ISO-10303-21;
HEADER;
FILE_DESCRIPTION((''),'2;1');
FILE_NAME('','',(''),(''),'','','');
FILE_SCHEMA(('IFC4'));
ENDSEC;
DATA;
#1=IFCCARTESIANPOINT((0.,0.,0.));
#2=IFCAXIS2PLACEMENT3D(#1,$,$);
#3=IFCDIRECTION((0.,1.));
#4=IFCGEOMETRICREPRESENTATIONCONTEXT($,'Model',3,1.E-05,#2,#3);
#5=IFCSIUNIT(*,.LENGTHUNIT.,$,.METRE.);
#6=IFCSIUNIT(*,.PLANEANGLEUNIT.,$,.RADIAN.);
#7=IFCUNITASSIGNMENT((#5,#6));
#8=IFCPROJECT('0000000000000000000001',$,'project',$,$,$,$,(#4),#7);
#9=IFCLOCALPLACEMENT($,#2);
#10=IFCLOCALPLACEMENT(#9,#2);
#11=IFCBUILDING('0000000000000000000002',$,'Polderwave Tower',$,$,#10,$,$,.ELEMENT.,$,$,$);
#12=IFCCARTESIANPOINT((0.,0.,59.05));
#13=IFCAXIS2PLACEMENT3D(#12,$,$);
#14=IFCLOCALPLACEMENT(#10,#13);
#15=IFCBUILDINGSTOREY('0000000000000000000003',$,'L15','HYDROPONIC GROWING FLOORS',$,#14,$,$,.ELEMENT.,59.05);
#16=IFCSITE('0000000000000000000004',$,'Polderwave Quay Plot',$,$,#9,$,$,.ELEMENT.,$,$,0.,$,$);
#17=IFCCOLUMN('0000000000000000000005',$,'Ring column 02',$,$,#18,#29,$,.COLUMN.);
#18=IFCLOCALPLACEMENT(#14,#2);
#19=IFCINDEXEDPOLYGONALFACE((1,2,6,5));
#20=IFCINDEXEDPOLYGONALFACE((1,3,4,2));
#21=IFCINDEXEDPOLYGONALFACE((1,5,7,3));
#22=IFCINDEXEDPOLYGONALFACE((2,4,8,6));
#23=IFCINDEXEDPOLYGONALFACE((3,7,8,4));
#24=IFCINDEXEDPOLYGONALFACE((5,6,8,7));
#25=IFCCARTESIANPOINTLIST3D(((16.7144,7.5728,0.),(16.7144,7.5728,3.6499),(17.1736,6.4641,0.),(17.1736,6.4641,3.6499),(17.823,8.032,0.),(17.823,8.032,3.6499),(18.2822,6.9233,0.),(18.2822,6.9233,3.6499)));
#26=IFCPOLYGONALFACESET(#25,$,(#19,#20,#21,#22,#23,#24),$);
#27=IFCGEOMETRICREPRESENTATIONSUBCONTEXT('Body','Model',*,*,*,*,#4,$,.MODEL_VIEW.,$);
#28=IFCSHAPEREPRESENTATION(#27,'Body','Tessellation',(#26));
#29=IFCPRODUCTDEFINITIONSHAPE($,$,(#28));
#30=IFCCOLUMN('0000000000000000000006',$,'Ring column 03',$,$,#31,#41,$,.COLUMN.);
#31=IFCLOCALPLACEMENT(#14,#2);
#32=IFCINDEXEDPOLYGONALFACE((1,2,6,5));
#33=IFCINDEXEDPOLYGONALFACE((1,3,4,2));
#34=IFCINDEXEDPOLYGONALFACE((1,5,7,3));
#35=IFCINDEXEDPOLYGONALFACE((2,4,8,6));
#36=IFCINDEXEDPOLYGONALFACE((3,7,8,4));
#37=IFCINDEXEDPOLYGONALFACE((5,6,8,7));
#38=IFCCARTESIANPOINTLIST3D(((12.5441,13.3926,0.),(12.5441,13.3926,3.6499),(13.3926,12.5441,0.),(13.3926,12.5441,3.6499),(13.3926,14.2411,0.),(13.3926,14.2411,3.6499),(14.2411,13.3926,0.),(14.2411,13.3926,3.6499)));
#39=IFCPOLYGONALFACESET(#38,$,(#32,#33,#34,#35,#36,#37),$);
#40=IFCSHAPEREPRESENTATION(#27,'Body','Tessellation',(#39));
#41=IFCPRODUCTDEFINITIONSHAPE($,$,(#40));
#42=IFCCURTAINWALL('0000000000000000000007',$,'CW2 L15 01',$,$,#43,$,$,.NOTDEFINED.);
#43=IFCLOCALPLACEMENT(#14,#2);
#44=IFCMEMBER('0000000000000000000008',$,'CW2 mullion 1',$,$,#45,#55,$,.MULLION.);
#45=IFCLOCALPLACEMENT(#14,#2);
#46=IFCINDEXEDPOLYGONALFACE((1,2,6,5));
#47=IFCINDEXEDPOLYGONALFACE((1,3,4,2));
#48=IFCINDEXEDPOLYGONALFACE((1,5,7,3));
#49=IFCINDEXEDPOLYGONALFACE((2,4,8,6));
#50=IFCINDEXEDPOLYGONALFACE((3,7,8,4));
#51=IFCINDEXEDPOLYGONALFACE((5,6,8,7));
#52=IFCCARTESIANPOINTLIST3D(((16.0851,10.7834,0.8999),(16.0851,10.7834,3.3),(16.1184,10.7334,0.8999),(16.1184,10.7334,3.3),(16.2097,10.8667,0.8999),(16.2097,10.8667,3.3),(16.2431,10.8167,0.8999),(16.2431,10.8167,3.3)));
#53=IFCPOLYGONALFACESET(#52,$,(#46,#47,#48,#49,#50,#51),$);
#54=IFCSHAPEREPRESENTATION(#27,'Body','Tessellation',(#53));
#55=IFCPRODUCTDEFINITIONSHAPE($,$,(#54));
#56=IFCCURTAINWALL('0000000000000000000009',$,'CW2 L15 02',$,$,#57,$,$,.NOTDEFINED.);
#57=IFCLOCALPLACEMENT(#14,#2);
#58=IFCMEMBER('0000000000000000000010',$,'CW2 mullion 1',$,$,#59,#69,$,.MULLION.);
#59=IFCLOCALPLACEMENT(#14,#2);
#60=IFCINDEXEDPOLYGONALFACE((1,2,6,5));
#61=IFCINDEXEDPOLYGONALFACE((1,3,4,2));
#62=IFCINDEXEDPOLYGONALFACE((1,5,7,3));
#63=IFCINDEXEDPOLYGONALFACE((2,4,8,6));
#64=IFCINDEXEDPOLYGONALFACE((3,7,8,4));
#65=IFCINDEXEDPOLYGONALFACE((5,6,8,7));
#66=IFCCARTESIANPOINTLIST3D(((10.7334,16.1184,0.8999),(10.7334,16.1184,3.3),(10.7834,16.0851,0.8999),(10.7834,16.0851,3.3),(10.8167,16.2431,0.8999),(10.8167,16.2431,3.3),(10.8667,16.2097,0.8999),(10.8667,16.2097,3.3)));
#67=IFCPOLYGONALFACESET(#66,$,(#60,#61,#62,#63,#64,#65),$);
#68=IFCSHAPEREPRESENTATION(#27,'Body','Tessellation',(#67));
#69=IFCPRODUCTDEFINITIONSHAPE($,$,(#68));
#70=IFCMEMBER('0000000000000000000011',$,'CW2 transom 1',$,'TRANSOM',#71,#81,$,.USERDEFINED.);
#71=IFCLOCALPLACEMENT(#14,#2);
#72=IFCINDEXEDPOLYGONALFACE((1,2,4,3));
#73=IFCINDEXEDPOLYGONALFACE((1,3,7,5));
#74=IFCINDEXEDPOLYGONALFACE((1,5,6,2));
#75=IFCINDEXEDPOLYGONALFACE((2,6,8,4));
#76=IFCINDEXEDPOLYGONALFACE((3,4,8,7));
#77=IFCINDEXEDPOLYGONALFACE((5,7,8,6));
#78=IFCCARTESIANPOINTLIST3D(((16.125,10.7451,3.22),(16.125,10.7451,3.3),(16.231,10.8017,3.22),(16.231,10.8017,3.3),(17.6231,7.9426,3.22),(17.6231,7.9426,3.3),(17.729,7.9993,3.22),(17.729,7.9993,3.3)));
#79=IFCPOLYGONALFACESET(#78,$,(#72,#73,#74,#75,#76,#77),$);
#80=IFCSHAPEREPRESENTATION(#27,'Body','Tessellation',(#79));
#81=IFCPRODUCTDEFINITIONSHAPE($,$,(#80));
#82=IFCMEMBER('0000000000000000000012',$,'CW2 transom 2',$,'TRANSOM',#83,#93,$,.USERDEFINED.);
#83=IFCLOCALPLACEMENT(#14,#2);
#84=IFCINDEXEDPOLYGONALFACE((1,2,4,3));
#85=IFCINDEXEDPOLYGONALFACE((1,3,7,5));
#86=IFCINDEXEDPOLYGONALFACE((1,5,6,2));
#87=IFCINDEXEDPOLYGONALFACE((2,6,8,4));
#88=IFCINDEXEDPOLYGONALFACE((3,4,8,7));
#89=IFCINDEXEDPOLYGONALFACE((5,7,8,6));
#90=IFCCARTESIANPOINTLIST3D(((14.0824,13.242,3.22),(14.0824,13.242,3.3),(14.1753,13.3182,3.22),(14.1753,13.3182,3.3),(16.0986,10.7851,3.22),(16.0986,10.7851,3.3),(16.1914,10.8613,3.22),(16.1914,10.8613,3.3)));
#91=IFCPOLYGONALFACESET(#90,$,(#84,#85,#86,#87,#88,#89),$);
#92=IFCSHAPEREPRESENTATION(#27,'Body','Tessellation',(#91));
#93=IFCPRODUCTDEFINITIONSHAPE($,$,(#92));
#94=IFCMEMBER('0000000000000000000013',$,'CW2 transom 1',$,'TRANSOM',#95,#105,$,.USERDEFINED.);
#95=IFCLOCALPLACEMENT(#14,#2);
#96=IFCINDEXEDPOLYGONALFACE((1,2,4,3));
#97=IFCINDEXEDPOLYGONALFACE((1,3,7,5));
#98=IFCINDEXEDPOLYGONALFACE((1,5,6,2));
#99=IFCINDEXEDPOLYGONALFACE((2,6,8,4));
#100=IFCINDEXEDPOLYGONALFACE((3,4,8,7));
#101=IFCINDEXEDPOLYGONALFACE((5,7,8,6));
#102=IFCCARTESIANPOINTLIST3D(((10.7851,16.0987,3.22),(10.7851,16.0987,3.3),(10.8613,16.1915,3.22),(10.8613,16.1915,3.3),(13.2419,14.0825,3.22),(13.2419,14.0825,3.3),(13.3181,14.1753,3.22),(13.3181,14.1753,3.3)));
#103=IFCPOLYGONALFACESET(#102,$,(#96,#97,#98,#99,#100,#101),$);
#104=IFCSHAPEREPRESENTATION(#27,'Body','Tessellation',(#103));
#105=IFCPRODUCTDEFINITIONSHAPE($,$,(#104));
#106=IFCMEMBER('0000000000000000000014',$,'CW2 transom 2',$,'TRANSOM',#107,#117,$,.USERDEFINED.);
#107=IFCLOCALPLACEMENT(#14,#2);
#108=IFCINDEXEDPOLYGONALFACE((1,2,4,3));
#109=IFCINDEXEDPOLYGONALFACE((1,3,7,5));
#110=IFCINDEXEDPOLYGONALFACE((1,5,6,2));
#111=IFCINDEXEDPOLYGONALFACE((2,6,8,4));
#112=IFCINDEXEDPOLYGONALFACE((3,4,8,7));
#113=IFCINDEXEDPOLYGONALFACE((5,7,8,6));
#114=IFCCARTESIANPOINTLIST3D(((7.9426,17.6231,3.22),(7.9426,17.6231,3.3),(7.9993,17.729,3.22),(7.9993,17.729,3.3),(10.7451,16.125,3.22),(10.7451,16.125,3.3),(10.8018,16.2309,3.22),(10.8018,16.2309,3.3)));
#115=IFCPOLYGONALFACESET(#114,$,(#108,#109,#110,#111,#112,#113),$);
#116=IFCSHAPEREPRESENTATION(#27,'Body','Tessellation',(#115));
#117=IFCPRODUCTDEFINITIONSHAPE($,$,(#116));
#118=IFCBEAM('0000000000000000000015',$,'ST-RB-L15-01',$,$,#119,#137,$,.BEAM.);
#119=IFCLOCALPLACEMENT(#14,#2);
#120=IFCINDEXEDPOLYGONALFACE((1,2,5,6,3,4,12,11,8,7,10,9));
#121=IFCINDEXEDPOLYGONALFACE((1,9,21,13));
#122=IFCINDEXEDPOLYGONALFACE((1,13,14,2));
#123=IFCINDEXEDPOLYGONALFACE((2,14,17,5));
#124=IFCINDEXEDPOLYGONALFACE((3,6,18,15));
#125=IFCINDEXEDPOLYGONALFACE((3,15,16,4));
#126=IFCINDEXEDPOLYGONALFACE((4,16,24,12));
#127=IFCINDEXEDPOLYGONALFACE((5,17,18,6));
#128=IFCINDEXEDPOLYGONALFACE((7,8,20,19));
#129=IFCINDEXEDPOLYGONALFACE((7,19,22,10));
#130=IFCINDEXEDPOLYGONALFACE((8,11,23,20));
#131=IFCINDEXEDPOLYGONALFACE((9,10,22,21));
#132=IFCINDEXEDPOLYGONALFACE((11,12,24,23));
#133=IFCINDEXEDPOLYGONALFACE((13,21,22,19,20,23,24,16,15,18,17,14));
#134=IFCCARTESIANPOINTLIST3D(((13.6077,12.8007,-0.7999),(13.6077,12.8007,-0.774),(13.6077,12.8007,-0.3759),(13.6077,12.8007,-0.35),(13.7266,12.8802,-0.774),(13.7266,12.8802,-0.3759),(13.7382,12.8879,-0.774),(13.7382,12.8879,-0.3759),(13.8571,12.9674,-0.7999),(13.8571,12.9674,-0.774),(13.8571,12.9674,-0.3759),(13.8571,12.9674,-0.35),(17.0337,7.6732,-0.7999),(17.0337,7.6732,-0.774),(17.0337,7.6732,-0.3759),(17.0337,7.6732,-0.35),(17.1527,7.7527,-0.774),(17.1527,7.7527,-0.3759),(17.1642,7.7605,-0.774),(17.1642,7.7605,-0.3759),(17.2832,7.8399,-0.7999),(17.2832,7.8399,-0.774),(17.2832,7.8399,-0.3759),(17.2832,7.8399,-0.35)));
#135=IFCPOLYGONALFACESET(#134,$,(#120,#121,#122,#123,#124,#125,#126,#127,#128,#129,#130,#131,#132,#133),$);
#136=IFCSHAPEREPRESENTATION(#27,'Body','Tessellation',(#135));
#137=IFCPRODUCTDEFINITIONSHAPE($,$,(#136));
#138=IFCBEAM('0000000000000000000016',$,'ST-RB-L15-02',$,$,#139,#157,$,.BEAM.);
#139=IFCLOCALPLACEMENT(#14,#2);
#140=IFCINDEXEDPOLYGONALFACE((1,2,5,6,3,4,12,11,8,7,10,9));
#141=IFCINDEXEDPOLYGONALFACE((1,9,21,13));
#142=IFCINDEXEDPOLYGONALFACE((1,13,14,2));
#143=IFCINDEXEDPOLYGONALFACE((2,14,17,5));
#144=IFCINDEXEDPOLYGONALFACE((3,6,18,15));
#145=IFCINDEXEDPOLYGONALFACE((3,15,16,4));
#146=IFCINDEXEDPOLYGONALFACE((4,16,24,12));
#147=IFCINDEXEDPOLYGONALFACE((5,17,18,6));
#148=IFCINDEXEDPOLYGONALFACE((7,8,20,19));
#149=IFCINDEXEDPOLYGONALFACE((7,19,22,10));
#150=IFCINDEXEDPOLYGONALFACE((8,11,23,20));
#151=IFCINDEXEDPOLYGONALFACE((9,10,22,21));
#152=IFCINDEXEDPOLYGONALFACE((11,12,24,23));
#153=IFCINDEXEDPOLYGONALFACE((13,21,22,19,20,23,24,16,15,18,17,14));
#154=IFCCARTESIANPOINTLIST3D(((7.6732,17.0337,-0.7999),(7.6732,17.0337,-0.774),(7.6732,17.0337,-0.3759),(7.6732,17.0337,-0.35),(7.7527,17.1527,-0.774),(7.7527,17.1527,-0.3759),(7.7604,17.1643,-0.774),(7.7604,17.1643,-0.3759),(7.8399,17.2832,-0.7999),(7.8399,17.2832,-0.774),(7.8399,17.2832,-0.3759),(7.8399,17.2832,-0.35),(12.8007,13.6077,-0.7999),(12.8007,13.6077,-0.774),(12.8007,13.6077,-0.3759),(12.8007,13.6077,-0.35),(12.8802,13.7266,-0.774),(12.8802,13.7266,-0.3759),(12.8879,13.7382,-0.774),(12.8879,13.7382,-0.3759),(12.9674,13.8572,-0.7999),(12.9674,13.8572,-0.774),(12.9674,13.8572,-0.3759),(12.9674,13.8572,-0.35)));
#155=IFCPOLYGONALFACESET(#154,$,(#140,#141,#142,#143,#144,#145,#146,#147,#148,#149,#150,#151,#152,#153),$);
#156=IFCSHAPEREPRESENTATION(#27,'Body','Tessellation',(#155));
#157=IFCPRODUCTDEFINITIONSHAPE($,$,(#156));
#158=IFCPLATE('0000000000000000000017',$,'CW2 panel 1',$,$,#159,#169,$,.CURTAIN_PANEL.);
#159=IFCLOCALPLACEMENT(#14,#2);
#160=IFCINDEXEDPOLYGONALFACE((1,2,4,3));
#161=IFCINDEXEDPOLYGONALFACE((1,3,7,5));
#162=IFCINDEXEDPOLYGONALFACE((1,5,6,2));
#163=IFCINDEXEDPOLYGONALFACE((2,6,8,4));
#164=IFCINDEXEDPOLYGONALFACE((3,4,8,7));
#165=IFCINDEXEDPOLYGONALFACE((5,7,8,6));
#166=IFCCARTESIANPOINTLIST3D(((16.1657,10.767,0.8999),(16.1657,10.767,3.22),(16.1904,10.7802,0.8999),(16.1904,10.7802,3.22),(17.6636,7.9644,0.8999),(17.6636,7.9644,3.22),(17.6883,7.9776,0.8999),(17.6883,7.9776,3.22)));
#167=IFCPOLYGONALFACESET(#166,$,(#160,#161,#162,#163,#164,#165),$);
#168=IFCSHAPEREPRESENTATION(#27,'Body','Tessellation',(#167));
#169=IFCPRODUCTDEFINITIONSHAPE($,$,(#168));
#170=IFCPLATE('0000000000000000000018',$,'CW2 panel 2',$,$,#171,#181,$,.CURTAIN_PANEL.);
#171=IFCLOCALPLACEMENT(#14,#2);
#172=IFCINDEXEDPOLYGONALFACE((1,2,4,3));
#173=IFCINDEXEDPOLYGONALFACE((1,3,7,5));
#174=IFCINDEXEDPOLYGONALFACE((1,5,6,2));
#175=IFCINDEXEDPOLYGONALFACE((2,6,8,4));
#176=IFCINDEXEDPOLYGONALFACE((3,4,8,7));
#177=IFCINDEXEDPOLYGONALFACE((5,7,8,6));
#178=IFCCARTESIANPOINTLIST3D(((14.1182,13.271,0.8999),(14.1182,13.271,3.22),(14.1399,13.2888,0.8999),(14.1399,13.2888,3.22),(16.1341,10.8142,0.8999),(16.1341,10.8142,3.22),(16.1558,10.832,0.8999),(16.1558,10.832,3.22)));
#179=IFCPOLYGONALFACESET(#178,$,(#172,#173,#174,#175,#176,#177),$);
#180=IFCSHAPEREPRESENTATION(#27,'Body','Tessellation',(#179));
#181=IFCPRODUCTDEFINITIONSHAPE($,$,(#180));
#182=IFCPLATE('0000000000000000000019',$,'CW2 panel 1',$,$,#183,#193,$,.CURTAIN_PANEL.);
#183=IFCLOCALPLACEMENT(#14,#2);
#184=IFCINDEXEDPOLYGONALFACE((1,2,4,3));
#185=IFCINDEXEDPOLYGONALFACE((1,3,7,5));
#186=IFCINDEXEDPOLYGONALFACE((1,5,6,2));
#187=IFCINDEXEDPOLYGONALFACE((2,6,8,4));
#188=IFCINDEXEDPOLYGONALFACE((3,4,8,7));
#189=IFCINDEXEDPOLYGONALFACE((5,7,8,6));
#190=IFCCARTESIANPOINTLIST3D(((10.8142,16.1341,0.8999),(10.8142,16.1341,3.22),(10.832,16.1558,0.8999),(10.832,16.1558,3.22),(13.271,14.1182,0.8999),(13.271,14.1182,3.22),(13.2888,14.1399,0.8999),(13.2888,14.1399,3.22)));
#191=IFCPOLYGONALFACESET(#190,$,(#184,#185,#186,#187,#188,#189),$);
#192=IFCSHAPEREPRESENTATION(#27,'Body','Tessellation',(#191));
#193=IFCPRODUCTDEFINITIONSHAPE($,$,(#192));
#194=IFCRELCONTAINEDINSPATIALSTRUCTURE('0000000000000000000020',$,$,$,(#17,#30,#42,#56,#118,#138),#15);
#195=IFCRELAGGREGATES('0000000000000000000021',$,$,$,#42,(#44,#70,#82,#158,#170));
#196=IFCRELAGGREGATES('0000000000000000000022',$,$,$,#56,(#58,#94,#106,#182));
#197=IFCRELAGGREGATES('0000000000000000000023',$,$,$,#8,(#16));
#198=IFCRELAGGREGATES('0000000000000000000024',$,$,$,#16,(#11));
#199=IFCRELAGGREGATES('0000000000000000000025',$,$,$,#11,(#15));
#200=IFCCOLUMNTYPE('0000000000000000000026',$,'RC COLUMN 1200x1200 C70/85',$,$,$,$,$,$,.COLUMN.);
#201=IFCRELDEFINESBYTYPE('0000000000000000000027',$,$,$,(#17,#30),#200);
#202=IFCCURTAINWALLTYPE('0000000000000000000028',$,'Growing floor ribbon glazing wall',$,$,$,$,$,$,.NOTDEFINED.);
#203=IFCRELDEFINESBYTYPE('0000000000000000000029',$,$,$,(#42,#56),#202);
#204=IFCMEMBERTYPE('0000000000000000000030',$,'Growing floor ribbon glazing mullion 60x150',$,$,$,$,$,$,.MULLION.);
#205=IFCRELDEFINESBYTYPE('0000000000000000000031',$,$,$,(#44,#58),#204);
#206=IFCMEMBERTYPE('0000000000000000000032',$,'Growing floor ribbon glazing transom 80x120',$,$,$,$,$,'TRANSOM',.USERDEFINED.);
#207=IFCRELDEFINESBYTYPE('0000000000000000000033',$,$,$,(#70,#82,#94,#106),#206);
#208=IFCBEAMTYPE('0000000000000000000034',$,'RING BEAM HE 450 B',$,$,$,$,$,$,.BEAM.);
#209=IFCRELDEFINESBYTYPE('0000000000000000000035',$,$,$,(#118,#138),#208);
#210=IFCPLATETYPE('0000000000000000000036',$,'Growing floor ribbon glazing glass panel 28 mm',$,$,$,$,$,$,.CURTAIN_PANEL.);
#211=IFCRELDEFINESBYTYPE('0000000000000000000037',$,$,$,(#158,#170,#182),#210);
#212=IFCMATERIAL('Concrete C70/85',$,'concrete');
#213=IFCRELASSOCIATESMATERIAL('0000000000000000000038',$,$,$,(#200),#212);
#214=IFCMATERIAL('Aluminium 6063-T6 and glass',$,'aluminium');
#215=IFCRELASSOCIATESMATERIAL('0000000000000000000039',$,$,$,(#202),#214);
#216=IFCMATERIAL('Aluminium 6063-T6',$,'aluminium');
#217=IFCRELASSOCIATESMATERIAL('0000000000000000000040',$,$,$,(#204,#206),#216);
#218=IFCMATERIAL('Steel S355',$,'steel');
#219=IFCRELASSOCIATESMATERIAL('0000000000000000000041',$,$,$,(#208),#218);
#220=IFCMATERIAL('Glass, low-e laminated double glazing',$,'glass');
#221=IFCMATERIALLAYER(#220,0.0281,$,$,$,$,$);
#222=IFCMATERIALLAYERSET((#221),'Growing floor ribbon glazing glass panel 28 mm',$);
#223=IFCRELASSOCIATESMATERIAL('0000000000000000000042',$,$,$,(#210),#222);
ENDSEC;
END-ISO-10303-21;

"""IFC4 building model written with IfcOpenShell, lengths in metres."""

from ifc_helpers import new_model, si_unit, direction, frame, origin, origin_2d, place, context, subcontext, project, spatial, rectangle, i_section, extrude, material, layer, layer_set, material_profile, profile_set, type_object, element, aggregate, save


model = new_model("IFC4")

# Units and contexts
model_context = context("Model", 3, precision=1e-05, world=origin(), true_north=direction((0.0, 1.0)))
body_context = subcontext(model_context, "Body", "Model", "MODEL_VIEW")
ifc_project = project(units=[si_unit("LENGTHUNIT", "METRE"), si_unit("PLANEANGLEUNIT", "RADIAN")], contexts=[model_context])

# Site, building, storey
site_placement = place(None, origin())
site = spatial("IfcSite", under=ifc_project, at=site_placement, Name="Polderwave Quay Plot", CompositionType="ELEMENT", RefElevation=0.0)
building_placement = place(site_placement, origin())
building = spatial("IfcBuilding", under=site, at=building_placement, Name="Polderwave Tower", CompositionType="ELEMENT")
storey_placement = place(building_placement, frame((0.0, 0.0, 59.05)))
storey = spatial("IfcBuildingStorey", under=building, at=storey_placement, Name="L15", Description="HYDROPONIC GROWING FLOORS", CompositionType="ELEMENT", Elevation=59.05)

# Columns
ifc_material_1 = material(Name="Concrete C70/85", Category="concrete")
ifc_material_profile_1 = material_profile(ifc_material_1, rectangle(XDim=1.2, YDim=1.2, at=origin_2d()), Name="RC 1200x1200")
ifc_profile_set_1 = profile_set([ifc_material_profile_1], Name="Concrete C70/85")
column_type = type_object("IfcColumnType", Name="RC COLUMN 1200x1200 C70/85", PredefinedType="COLUMN", material=ifc_profile_set_1)
for number, where, z_axis, x_axis, name in (
    (1, (17.4983, 7.248, 0.0), (0.0, 0.0, 1.0), (0.92388, 0.382683, 0.0), "Ring column 02"),
    (2, (13.3926, 13.3926, 0.0), (0.0, 0.0, 1.0), (0.707107, 0.707107, 0.0), "Ring column 03"),
):
    element("IfcColumn", number, at=place(storey_placement, frame(where, z_axis=z_axis, x_axis=x_axis)), inside=storey, type_object=column_type, Name=name, PredefinedType="COLUMN", context=body_context, shape_type="SweptSolid", body=[
        extrude(rectangle(XDim=1.2, YDim=1.2, at=origin_2d()), origin(), (0.0, 0.0, 1.0), 3.6499),
    ])

# Curtain walls, members
ifc_material_2 = material(Name="Aluminium 6063-T6 and glass", Category="aluminium")
curtain_wall_type = type_object("IfcCurtainWallType", Name="Growing floor ribbon glazing wall", PredefinedType="NOTDEFINED", material=ifc_material_2)
curtain_wall_1_placement = place(storey_placement, origin())
curtain_wall_1 = element("IfcCurtainWall", 3, at=curtain_wall_1_placement, inside=storey, type_object=curtain_wall_type, Name="CW2 L15 01", PredefinedType="NOTDEFINED")
ifc_material_3 = material(Name="Aluminium 6063-T6", Category="aluminium")
ifc_material_profile_2 = material_profile(ifc_material_3, rectangle(XDim=0.1499, YDim=0.0601, at=origin_2d()), Name="AL 60x150")
ifc_profile_set_2 = profile_set([ifc_material_profile_2], Name="Aluminium 6063-T6")
member_type_1 = type_object("IfcMemberType", Name="Growing floor ribbon glazing mullion 60x150", PredefinedType="MULLION", material=ifc_profile_set_2)
member_1_placement = place(storey_placement, frame((16.1641, 10.8, 0.8999), z_axis=(0.0, 0.0, 1.0), x_axis=(-0.831499, -0.555527, 0.0)))
member_1 = element("IfcMember", 4, at=member_1_placement, type_object=member_type_1, Name="CW2 mullion 1", PredefinedType="MULLION", context=body_context, shape_type="SweptSolid", body=[
    extrude(rectangle(XDim=0.1499, YDim=0.0601, at=origin_2d()), origin(), (0.0, 0.0, 1.0), 2.4001),
])
curtain_wall_2_placement = place(storey_placement, origin())
curtain_wall_2 = element("IfcCurtainWall", 5, at=curtain_wall_2_placement, inside=storey, type_object=curtain_wall_type, Name="CW2 L15 02", PredefinedType="NOTDEFINED")
member_2_placement = place(storey_placement, frame((10.8, 16.1641, 0.8999), z_axis=(0.0, 0.0, 1.0), x_axis=(-0.555527, -0.831499, 0.0)))
member_2 = element("IfcMember", 6, at=member_2_placement, type_object=member_type_1, Name="CW2 mullion 1", PredefinedType="MULLION", context=body_context, shape_type="SweptSolid", body=[
    extrude(rectangle(XDim=0.1499, YDim=0.0601, at=origin_2d()), origin(), (0.0, 0.0, 1.0), 2.4001),
])

# Members
ifc_material_profile_3 = material_profile(ifc_material_3, rectangle(XDim=0.1201, YDim=0.0801, at=origin_2d()), Name="AL 80x120")
ifc_profile_set_3 = profile_set([ifc_material_profile_3], Name="Aluminium 6063-T6")
member_type_2 = type_object("IfcMemberType", Name="Growing floor ribbon glazing transom 80x120", ElementType="TRANSOM", PredefinedType="USERDEFINED", material=ifc_profile_set_3)
member_3_placement = place(storey_placement, frame((17.676, 7.9709, 3.26), z_axis=(-0.471417, 0.88191, 0.0), x_axis=(-0.88191, -0.471417, 0.0)))
member_3 = element("IfcMember", 7, at=member_3_placement, type_object=member_type_2, Name="CW2 transom 1", ObjectType="TRANSOM", PredefinedType="USERDEFINED", context=body_context, shape_type="SweptSolid", body=[
    extrude(rectangle(XDim=0.1201, YDim=0.0801, at=origin_2d()), origin(), (0.0, 0.0, 1.0), 3.1777),
])
member_4_placement = place(storey_placement, frame((16.145, 10.8232, 3.26), z_axis=(-0.634371, 0.773029, 0.0), x_axis=(-0.773029, -0.634371, 0.0)))
member_4 = element("IfcMember", 8, at=member_4_placement, type_object=member_type_2, Name="CW2 transom 2", ObjectType="TRANSOM", PredefinedType="USERDEFINED", context=body_context, shape_type="SweptSolid", body=[
    extrude(rectangle(XDim=0.1201, YDim=0.0801, at=origin_2d()), origin(), (0.0, 0.0, 1.0), 3.1782),
])
member_5_placement = place(storey_placement, frame((13.28, 14.1289, 3.26), z_axis=(-0.773029, 0.634371, 0.0), x_axis=(-0.634371, -0.773029, 0.0)))
member_5 = element("IfcMember", 9, at=member_5_placement, type_object=member_type_2, Name="CW2 transom 1", ObjectType="TRANSOM", PredefinedType="USERDEFINED", context=body_context, shape_type="SweptSolid", body=[
    extrude(rectangle(XDim=0.1201, YDim=0.0801, at=origin_2d()), origin(), (0.0, 0.0, 1.0), 3.1782),
])
member_6_placement = place(storey_placement, frame((10.7734, 16.178, 3.26), z_axis=(-0.88191, 0.471417, 0.0), x_axis=(-0.471417, -0.88191, 0.0)))
member_6 = element("IfcMember", 10, at=member_6_placement, type_object=member_type_2, Name="CW2 transom 2", ObjectType="TRANSOM", PredefinedType="USERDEFINED", context=body_context, shape_type="SweptSolid", body=[
    extrude(rectangle(XDim=0.1201, YDim=0.0801, at=origin_2d()), origin(), (0.0, 0.0, 1.0), 3.1777),
])

# Beams
ifc_material_4 = material(Name="Steel S355", Category="steel")
ifc_material_profile_4 = material_profile(ifc_material_4, i_section(OverallWidth=0.3, OverallDepth=0.45, WebThickness=0.0139, FlangeThickness=0.0259, at=origin_2d()), Name="HE 450 B")
ifc_profile_set_4 = profile_set([ifc_material_profile_4], Name="Steel S355")
beam_type = type_object("IfcBeamType", Name="RING BEAM HE 450 B", PredefinedType="BEAM", material=ifc_profile_set_4)
for number, where, z_axis, x_axis, name in (
    (11, (17.1584, 7.7566, -0.575), (-0.555568, 0.831471, 0.0), (-0.831471, -0.555568, 0.0), "ST-RB-L15-01"),
    (12, (12.884, 13.7324, -0.575), (-0.831471, 0.555568, 0.0), (-0.555568, -0.831471, 0.0), "ST-RB-L15-02"),
):
    element("IfcBeam", number, at=place(storey_placement, frame(where, z_axis=z_axis, x_axis=x_axis)), inside=storey, type_object=beam_type, Name=name, PredefinedType="BEAM", context=body_context, shape_type="SweptSolid", body=[
        extrude(i_section(OverallWidth=0.3, OverallDepth=0.45, WebThickness=0.0139, FlangeThickness=0.0259, at=origin_2d()), origin(), (0.0, 0.0, 1.0), 6.1667),
    ])

# Plates
ifc_material_5 = material(Name="Glass, low-e laminated double glazing", Category="glass")
ifc_layer_1 = layer(ifc_material_5, 0.0281)
ifc_layer_set_1 = layer_set([ifc_layer_1], Name="Growing floor ribbon glazing glass panel 28 mm")
plate_type = type_object("IfcPlateType", Name="Growing floor ribbon glazing glass panel 28 mm", PredefinedType="CURTAIN_PANEL", material=ifc_layer_set_1)
plate_1_placement = place(storey_placement, frame((16.927, 9.3723, 0.8999), z_axis=(0.0, 0.0, 1.0), x_axis=(-0.471364, 0.881939, 0.0)))
plate_1 = element("IfcPlate", 13, at=plate_1_placement, type_object=plate_type, Name="CW2 panel 1", PredefinedType="CURTAIN_PANEL", context=body_context, shape_type="SweptSolid", body=[
    extrude(rectangle(XDim=3.1777, YDim=0.0281, at=origin_2d()), origin(), (0.0, 0.0, 1.0), 2.3201),
])
plate_2_placement = place(storey_placement, frame((15.137, 12.0515, 0.8999), z_axis=(0.0, 0.0, 1.0), x_axis=(-0.634341, 0.773054, 0.0)))
plate_2 = element("IfcPlate", 14, at=plate_2_placement, type_object=plate_type, Name="CW2 panel 2", PredefinedType="CURTAIN_PANEL", context=body_context, shape_type="SweptSolid", body=[
    extrude(rectangle(XDim=3.178, YDim=0.0281, at=origin_2d()), origin(), (0.0, 0.0, 1.0), 2.3201),
])
aggregate(curtain_wall_1, [member_1, member_3, member_4, plate_1, plate_2])
plate_3_placement = place(storey_placement, frame((12.0515, 15.137, 0.8999), z_axis=(0.0, 0.0, 1.0), x_axis=(-0.773054, 0.634341, 0.0)))
plate_3 = element("IfcPlate", 15, at=plate_3_placement, type_object=plate_type, Name="CW2 panel 1", PredefinedType="CURTAIN_PANEL", context=body_context, shape_type="SweptSolid", body=[
    extrude(rectangle(XDim=3.178, YDim=0.0281, at=origin_2d()), origin(), (0.0, 0.0, 1.0), 2.3201),
])
aggregate(curtain_wall_2, [member_2, member_5, member_6, plate_3])

save(model, "model.ifc")
